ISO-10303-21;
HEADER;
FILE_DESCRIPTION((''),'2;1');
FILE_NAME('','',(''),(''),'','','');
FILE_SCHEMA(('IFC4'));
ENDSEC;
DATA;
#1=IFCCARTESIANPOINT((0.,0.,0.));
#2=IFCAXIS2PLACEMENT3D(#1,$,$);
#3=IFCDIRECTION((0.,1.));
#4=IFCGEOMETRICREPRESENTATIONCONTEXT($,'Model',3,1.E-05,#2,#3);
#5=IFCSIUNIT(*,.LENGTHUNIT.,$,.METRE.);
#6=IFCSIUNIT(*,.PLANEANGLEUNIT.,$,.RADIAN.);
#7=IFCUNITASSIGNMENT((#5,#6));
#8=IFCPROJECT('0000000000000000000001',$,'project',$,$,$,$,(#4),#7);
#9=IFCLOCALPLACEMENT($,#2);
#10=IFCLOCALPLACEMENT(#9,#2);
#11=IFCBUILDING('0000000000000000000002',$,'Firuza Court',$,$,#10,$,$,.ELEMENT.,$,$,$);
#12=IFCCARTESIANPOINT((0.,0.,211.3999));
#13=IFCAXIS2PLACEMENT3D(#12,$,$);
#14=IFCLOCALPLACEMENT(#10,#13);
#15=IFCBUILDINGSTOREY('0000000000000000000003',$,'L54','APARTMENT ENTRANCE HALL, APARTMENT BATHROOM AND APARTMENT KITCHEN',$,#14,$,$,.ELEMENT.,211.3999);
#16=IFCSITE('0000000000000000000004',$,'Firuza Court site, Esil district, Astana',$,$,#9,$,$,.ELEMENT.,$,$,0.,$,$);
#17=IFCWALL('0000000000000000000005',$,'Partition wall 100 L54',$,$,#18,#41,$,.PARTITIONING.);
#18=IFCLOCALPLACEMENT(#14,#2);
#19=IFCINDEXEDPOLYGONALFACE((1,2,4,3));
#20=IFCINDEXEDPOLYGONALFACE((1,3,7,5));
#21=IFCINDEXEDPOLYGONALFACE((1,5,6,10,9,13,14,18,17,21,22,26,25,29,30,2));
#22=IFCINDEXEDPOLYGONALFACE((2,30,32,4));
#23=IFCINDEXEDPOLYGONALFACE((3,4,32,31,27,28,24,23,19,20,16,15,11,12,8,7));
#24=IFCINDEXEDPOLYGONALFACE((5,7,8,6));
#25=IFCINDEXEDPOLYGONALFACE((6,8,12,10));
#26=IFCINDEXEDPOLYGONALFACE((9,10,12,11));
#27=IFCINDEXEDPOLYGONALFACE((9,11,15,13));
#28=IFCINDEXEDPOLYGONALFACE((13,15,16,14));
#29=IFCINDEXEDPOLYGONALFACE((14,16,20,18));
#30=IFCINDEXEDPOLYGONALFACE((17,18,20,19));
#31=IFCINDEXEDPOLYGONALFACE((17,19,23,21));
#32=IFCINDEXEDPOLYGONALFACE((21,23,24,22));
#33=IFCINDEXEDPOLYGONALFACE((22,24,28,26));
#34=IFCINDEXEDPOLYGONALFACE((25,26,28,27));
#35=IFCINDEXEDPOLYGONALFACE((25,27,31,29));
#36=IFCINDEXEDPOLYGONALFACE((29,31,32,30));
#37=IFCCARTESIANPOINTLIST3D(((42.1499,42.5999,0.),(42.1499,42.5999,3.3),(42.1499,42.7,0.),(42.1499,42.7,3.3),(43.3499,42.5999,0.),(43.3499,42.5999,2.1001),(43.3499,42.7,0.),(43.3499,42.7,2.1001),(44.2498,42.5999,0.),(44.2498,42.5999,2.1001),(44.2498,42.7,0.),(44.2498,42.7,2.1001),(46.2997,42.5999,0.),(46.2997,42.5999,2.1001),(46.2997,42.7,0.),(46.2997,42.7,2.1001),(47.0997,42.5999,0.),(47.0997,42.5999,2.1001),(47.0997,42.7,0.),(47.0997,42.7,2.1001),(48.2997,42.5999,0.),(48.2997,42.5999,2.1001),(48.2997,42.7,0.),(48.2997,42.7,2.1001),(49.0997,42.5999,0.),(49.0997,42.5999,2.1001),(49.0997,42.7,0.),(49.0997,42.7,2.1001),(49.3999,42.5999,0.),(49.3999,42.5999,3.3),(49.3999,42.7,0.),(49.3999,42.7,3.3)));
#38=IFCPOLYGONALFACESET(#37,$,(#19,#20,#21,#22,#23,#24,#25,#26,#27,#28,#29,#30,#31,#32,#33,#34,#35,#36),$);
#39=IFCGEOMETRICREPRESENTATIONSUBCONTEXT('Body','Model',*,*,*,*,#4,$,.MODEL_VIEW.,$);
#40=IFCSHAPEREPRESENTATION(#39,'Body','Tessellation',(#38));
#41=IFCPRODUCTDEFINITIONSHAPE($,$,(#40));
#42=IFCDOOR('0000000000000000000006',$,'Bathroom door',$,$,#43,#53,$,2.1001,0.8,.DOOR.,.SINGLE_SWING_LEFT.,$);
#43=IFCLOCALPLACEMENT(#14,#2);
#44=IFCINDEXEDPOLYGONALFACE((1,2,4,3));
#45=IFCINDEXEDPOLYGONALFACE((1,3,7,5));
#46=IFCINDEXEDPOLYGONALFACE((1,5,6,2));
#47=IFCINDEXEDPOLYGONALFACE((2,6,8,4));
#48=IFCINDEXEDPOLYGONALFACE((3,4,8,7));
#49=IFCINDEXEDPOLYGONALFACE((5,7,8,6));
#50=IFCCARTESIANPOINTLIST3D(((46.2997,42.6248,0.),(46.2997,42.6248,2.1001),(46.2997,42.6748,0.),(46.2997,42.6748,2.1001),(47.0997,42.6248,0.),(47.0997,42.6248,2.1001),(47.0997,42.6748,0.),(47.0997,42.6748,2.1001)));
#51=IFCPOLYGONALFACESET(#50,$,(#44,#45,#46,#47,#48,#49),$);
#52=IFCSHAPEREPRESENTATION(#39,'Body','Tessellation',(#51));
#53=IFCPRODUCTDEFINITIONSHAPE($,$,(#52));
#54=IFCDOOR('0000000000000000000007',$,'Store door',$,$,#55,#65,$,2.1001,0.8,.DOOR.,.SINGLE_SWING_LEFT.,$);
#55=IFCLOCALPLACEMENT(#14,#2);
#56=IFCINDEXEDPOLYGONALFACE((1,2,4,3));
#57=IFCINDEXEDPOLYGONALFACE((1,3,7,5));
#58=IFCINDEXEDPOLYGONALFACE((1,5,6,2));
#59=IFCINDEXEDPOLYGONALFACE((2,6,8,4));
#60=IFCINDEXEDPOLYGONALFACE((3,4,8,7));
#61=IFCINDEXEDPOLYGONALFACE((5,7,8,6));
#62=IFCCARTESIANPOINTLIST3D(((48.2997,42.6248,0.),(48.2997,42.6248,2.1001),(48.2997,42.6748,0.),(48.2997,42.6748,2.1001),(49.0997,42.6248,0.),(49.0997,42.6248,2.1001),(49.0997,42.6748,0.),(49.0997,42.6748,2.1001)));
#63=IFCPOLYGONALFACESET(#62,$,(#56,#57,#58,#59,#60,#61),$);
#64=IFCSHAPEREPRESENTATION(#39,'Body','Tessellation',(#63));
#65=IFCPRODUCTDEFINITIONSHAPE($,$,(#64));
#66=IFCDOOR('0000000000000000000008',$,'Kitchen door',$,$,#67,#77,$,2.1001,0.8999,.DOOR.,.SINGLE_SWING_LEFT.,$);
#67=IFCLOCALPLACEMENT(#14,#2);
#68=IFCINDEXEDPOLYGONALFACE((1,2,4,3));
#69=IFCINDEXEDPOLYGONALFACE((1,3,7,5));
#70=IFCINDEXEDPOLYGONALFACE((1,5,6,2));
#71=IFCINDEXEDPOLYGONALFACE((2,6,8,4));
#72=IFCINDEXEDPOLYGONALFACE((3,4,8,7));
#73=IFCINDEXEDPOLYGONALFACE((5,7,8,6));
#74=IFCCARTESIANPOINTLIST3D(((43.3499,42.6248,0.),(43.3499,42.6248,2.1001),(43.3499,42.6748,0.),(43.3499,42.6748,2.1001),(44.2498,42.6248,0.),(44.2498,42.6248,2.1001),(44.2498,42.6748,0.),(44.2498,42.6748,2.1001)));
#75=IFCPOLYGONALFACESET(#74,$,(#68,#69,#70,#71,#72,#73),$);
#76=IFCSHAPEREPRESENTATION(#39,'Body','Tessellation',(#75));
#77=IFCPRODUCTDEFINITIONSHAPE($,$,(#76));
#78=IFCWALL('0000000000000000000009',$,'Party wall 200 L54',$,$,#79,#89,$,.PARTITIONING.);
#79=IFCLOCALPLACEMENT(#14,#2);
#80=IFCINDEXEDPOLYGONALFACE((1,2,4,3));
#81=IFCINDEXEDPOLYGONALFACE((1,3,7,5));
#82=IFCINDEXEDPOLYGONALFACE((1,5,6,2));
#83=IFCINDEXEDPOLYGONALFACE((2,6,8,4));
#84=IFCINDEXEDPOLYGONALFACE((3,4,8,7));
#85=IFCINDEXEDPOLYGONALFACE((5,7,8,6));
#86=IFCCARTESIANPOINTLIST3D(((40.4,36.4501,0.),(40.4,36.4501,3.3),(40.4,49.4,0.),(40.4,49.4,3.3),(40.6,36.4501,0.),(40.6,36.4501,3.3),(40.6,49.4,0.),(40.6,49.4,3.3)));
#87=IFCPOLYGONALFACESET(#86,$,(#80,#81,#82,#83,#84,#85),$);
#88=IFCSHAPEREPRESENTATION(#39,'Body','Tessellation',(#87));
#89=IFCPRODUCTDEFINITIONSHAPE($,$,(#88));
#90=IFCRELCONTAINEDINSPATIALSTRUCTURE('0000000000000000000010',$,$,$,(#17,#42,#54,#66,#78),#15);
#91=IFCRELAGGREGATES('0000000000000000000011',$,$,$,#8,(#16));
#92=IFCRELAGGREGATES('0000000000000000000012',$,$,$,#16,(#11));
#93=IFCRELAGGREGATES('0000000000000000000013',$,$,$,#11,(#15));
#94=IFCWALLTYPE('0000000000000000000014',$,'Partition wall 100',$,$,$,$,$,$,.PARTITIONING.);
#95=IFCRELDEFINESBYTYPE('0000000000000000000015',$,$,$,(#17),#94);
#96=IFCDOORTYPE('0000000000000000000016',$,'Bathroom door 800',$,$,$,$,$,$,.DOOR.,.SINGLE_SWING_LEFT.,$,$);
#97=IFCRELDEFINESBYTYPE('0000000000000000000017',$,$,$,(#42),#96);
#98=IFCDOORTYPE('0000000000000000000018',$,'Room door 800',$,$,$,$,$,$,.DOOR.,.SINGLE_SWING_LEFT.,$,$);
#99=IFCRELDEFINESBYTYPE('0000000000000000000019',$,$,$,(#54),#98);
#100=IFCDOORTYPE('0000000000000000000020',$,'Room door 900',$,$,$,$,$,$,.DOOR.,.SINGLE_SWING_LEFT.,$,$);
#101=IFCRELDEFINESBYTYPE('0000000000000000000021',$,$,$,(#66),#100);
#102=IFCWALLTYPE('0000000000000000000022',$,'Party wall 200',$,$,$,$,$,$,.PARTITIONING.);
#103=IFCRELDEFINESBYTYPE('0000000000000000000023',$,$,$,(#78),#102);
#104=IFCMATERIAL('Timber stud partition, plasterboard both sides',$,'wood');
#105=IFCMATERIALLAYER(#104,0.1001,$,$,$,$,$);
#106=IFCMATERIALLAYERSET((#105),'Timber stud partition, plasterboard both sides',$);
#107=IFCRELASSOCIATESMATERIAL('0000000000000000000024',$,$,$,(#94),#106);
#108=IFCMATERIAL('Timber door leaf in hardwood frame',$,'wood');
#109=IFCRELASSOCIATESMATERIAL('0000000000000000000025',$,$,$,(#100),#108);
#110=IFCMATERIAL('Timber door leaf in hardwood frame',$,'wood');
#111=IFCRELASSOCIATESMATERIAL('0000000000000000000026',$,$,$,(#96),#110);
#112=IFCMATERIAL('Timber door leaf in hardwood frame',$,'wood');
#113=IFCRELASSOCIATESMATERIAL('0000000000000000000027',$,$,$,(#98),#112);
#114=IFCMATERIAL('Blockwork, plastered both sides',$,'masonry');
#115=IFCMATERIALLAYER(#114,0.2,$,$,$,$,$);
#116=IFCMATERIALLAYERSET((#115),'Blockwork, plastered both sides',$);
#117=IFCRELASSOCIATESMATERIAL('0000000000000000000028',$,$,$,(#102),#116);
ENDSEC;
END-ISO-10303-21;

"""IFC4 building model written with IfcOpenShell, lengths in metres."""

from ifc_helpers import new_model, si_unit, direction, frame, frame_2d, origin, place, context, subcontext, project, spatial, rectangle, extrude, material, layer, layer_set, type_object, element, fill, save


model = new_model("IFC4")

# Units and contexts
model_context = context("Model", 3, precision=1e-05, world=origin(), true_north=direction((0.0, 1.0)))
body_context = subcontext(model_context, "Body", "Model", "MODEL_VIEW")
ifc_project = project(units=[si_unit("LENGTHUNIT", "METRE"), si_unit("PLANEANGLEUNIT", "RADIAN")], contexts=[model_context])

# Site, building, storey
site_placement = place(None, origin())
site = spatial("IfcSite", under=ifc_project, at=site_placement, Name="Firuza Court site, Esil district, Astana", CompositionType="ELEMENT", RefElevation=0.0)
building_placement = place(site_placement, origin())
building = spatial("IfcBuilding", under=site, at=building_placement, Name="Firuza Court", CompositionType="ELEMENT")
storey_placement = place(building_placement, frame((0.0, 0.0, 211.3999)))
storey = spatial("IfcBuildingStorey", under=building, at=storey_placement, Name="L54", Description="APARTMENT ENTRANCE HALL, APARTMENT BATHROOM AND APARTMENT KITCHEN", CompositionType="ELEMENT", Elevation=211.3999)

# Shared definitions
ifc_material_1 = material(Name="Timber stud partition, plasterboard both sides", Category="wood")
ifc_layer_1 = layer(ifc_material_1, 0.1001)
ifc_layer_set_1 = layer_set([ifc_layer_1], Name="Timber stud partition, plasterboard both sides")
wall_type_1 = type_object("IfcWallType", Name="Partition wall 100", PredefinedType="PARTITIONING", material=ifc_layer_set_1)

# Shared definitions
ifc_material_2 = material(Name="Timber door leaf in hardwood frame", Category="wood")
door_type_1 = type_object("IfcDoorType", Name="Room door 900", OperationType="SINGLE_SWING_LEFT", PredefinedType="DOOR", material=ifc_material_2)

# Wall, openings, doors
wall_1_placement = place(storey_placement, frame((42.1499, 42.6499, 0.0), z_axis=(0.0, 0.0, 1.0), x_axis=(1.0, 0.0, 0.0)))
wall_1 = element("IfcWall", 1, at=wall_1_placement, inside=storey, type_object=wall_type_1, Name="Partition wall 100 L54", PredefinedType="PARTITIONING", context=body_context, shape_type="SweptSolid", body=[
    extrude(rectangle(XDim=7.25, YDim=0.1001, at=frame_2d((3.625, 0.0))), origin(), (0.0, 0.0, 1.0), 3.3),
])
opening_1_placement = place(wall_1_placement, frame((4.1499, 0.0, 0.0)))
opening_1 = element("IfcOpeningElement", 2, at=opening_1_placement, cuts=wall_1, PredefinedType="OPENING", context=body_context, shape_type="SweptSolid", body=[
    extrude(rectangle(XDim=0.8, YDim=2.1001, at=frame_2d((0.3999, 1.05))), frame((0.0, 0.062, 0.0), z_axis=(0.0, -1.0, 0.0), x_axis=(1.0, 0.0, 0.0)), (0.0, 0.0, 1.0), 0.124),
])
opening_2_placement = place(wall_1_placement, frame((1.2, 0.0, 0.0)))
opening_2 = element("IfcOpeningElement", 3, at=opening_2_placement, cuts=wall_1, PredefinedType="OPENING", context=body_context, shape_type="SweptSolid", body=[
    extrude(rectangle(XDim=0.8999, YDim=2.1001, at=frame_2d((0.45, 1.05))), frame((0.0, 0.062, 0.0), z_axis=(0.0, -1.0, 0.0), x_axis=(1.0, 0.0, 0.0)), (0.0, 0.0, 1.0), 0.124),
])
opening_3_placement = place(wall_1_placement, frame((6.1499, 0.0, 0.0)))
opening_3 = element("IfcOpeningElement", 4, at=opening_3_placement, cuts=wall_1, PredefinedType="OPENING", context=body_context, shape_type="SweptSolid", body=[
    extrude(rectangle(XDim=0.8, YDim=2.1001, at=frame_2d((0.3999, 1.05))), frame((0.0, 0.062, 0.0), z_axis=(0.0, -1.0, 0.0), x_axis=(1.0, 0.0, 0.0)), (0.0, 0.0, 1.0), 0.124),
])
ifc_material_3 = material(Name="Timber door leaf in hardwood frame", Category="wood")
door_type_2 = type_object("IfcDoorType", Name="Bathroom door 800", OperationType="SINGLE_SWING_LEFT", PredefinedType="DOOR", material=ifc_material_3)
door_1_placement = place(opening_1_placement, origin())
door_1 = element("IfcDoor", 5, at=door_1_placement, inside=storey, type_object=door_type_2, Name="Bathroom door", OperationType="SINGLE_SWING_LEFT", OverallHeight=2.1001, OverallWidth=0.8, PredefinedType="DOOR", context=body_context, shape_type="SweptSolid", body=[
    extrude(rectangle(XDim=0.8, YDim=2.1001, at=frame_2d((0.3999, 1.05))), frame((0.0, 0.0249, 0.0), z_axis=(0.0, -1.0, 0.0), x_axis=(1.0, 0.0, 0.0)), (0.0, 0.0, 1.0), 0.05),
])
fill(opening_1, door_1)
ifc_material_4 = material(Name="Timber door leaf in hardwood frame", Category="wood")
door_type_3 = type_object("IfcDoorType", Name="Room door 800", OperationType="SINGLE_SWING_LEFT", PredefinedType="DOOR", material=ifc_material_4)
door_2_placement = place(opening_3_placement, origin())
door_2 = element("IfcDoor", 6, at=door_2_placement, inside=storey, type_object=door_type_3, Name="Store door", OperationType="SINGLE_SWING_LEFT", OverallHeight=2.1001, OverallWidth=0.8, PredefinedType="DOOR", context=body_context, shape_type="SweptSolid", body=[
    extrude(rectangle(XDim=0.8, YDim=2.1001, at=frame_2d((0.3999, 1.05))), frame((0.0, 0.0249, 0.0), z_axis=(0.0, -1.0, 0.0), x_axis=(1.0, 0.0, 0.0)), (0.0, 0.0, 1.0), 0.05),
])
fill(opening_3, door_2)
door_3_placement = place(opening_2_placement, origin())
door_3 = element("IfcDoor", 7, at=door_3_placement, inside=storey, type_object=door_type_1, Name="Kitchen door", OperationType="SINGLE_SWING_LEFT", OverallHeight=2.1001, OverallWidth=0.8999, PredefinedType="DOOR", context=body_context, shape_type="SweptSolid", body=[
    extrude(rectangle(XDim=0.8999, YDim=2.1001, at=frame_2d((0.45, 1.05))), frame((0.0, 0.0249, 0.0), z_axis=(0.0, -1.0, 0.0), x_axis=(1.0, 0.0, 0.0)), (0.0, 0.0, 1.0), 0.05),
])
fill(opening_2, door_3)

# Wall
ifc_material_5 = material(Name="Blockwork, plastered both sides", Category="masonry")
ifc_layer_2 = layer(ifc_material_5, 0.2)
ifc_layer_set_2 = layer_set([ifc_layer_2], Name="Blockwork, plastered both sides")
wall_type_2 = type_object("IfcWallType", Name="Party wall 200", PredefinedType="PARTITIONING", material=ifc_layer_set_2)
wall_2_placement = place(storey_placement, frame((40.5, 36.45, 0.0), z_axis=(0.0, 0.0, 1.0), x_axis=(0.0, 1.0, 0.0)))
element("IfcWall", 8, at=wall_2_placement, inside=storey, type_object=wall_type_2, Name="Party wall 200 L54", PredefinedType="PARTITIONING", context=body_context, shape_type="SweptSolid", body=[
    extrude(rectangle(XDim=12.95, YDim=0.2, at=frame_2d((6.4751, 0.0))), origin(), (0.0, 0.0, 1.0), 3.3),
])

save(model, "model.ifc")
